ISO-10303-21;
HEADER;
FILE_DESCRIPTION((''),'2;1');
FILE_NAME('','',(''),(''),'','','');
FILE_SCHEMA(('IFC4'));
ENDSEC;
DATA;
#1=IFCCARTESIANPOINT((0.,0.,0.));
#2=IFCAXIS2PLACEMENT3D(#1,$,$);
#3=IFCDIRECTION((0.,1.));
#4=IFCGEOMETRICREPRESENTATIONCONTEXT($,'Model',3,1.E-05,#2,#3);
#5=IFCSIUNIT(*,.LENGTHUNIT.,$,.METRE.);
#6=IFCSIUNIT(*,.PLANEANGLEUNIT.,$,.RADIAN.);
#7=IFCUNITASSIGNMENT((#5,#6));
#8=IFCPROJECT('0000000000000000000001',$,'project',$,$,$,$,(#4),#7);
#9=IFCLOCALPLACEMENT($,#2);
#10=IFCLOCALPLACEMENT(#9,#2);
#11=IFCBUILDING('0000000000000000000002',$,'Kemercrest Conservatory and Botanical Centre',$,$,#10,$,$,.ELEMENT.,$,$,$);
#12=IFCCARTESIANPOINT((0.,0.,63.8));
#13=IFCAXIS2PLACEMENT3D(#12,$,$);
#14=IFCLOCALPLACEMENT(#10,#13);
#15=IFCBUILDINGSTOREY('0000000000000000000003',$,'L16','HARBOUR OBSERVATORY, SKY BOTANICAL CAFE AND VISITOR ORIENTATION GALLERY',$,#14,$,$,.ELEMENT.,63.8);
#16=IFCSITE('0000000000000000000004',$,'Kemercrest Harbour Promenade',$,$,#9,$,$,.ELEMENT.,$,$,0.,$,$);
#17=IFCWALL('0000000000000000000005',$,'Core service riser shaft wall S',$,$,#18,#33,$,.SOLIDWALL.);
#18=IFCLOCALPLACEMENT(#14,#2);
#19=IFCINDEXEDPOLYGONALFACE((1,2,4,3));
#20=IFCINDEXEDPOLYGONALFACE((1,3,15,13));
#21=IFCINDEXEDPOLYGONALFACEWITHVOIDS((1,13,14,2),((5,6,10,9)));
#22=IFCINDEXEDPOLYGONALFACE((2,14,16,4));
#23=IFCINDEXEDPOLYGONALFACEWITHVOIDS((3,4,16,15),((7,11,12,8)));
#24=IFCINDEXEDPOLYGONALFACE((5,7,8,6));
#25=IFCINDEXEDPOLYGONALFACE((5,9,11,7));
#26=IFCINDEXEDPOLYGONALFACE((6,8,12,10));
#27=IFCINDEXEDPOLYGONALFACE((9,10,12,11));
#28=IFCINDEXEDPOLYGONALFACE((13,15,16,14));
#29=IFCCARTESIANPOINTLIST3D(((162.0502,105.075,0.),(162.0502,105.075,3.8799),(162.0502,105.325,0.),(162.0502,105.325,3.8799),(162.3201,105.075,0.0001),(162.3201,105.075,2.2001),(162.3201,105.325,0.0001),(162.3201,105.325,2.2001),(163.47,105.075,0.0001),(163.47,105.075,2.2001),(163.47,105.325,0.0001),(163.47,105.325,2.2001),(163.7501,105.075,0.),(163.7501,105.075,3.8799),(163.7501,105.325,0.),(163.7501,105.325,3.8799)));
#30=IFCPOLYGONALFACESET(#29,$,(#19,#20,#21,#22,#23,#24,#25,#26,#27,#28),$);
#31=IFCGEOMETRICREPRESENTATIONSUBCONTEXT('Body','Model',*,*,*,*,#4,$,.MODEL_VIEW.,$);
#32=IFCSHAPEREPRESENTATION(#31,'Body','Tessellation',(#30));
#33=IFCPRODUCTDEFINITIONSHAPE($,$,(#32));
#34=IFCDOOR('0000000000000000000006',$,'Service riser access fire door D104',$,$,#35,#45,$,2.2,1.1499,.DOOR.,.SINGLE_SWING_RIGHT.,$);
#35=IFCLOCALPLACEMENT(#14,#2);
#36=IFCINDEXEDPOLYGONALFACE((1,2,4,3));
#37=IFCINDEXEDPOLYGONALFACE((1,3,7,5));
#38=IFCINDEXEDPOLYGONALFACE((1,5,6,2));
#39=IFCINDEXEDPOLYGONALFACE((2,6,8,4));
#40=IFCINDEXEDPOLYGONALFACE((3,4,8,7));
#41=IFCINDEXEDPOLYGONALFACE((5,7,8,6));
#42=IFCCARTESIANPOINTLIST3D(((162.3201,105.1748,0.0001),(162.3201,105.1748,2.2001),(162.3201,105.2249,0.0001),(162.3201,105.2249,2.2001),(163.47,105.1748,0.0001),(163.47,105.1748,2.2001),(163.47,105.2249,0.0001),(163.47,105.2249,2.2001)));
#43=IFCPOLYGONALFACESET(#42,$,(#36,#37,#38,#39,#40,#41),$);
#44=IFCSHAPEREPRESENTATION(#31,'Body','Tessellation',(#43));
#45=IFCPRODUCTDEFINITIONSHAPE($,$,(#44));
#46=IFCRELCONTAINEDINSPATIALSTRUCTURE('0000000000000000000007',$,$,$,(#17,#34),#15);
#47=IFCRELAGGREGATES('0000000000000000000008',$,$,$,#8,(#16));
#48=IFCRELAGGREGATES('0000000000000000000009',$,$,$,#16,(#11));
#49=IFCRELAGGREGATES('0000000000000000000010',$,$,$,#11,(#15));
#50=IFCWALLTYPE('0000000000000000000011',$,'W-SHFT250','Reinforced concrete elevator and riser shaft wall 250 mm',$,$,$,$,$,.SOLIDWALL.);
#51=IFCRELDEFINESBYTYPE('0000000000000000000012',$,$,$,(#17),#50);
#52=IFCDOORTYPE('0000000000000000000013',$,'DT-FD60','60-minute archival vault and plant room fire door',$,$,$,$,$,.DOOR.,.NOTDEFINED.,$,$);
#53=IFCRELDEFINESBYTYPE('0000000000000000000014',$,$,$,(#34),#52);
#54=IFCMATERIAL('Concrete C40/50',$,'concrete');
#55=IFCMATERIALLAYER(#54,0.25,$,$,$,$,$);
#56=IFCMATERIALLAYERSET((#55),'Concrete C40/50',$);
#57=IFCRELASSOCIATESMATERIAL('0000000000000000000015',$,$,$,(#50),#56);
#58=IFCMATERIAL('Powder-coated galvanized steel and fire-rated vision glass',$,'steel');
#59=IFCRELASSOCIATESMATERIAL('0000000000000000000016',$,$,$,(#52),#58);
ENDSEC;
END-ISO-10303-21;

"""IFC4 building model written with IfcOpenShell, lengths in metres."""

from ifc_helpers import new_model, si_unit, direction, frame, frame_2d, origin, place, context, subcontext, project, spatial, rectangle, extrude, material, layer, layer_set, type_object, element, fill, save


model = new_model("IFC4")

# Units and contexts
model_context = context("Model", 3, precision=1e-05, world=origin(), true_north=direction((0.0, 1.0)))
body_context = subcontext(model_context, "Body", "Model", "MODEL_VIEW")
ifc_project = project(units=[si_unit("LENGTHUNIT", "METRE"), si_unit("PLANEANGLEUNIT", "RADIAN")], contexts=[model_context])

# Site, building, storey
site_placement = place(None, origin())
site = spatial("IfcSite", under=ifc_project, at=site_placement, Name="Kemercrest Harbour Promenade", CompositionType="ELEMENT", RefElevation=0.0)
building_placement = place(site_placement, origin())
building = spatial("IfcBuilding", under=site, at=building_placement, Name="Kemercrest Conservatory and Botanical Centre", CompositionType="ELEMENT")
storey_placement = place(building_placement, frame((0.0, 0.0, 63.8)))
storey = spatial("IfcBuildingStorey", under=building, at=storey_placement, Name="L16", Description="HARBOUR OBSERVATORY, SKY BOTANICAL CAFE AND VISITOR ORIENTATION GALLERY", CompositionType="ELEMENT", Elevation=63.8)

# Shared definitions
ifc_material_1 = material(Name="Concrete C40/50", Category="concrete")

# Shared definitions
ifc_layer_1 = layer(ifc_material_1, 0.25)
ifc_layer_set_1 = layer_set([ifc_layer_1], Name="Concrete C40/50")
wall_type_1 = type_object("IfcWallType", Name="W-SHFT250", Description="Reinforced concrete elevator and riser shaft wall 250 mm", PredefinedType="SOLIDWALL", material=ifc_layer_set_1)

# Wall, opening, door
wall_1_placement = place(storey_placement, frame((162.05, 105.2, 0.0), z_axis=(0.0, 0.0, 1.0), x_axis=(1.0, 0.0, 0.0)))
wall_1 = element("IfcWall", 1, at=wall_1_placement, inside=storey, type_object=wall_type_1, Name="Core service riser shaft wall S", PredefinedType="SOLIDWALL", context=body_context, shape_type="SweptSolid", body=[
    extrude(rectangle(XDim=1.7, YDim=0.25, at=frame_2d((0.8501, 0.0))), origin(), (0.0, 0.0, 1.0), 3.8799),
])
opening_1_placement = place(wall_1_placement, frame((0.27, 0.0, 0.0)))
opening_1 = element("IfcOpeningElement", 2, at=opening_1_placement, cuts=wall_1, PredefinedType="OPENING", context=body_context, shape_type="SweptSolid", body=[
    extrude(rectangle(XDim=1.1499, YDim=2.2, at=frame_2d((0.575, 1.1001))), frame((0.0, 0.135, 0.0), z_axis=(0.0, -1.0, 0.0), x_axis=(1.0, 0.0, 0.0)), (0.0, 0.0, 1.0), 0.27),
])
ifc_material_2 = material(Name="Powder-coated galvanized steel and fire-rated vision glass", Category="steel")
door_type_1 = type_object("IfcDoorType", Name="DT-FD60", Description="60-minute archival vault and plant room fire door", OperationType="NOTDEFINED", PredefinedType="DOOR", material=ifc_material_2)
door_1_placement = place(opening_1_placement, origin())
door_1 = element("IfcDoor", 3, at=door_1_placement, inside=storey, type_object=door_type_1, Name="Service riser access fire door D104", OperationType="SINGLE_SWING_RIGHT", OverallHeight=2.2, OverallWidth=1.1499, PredefinedType="DOOR", context=body_context, shape_type="SweptSolid", body=[
    extrude(rectangle(XDim=1.1499, YDim=2.2, at=frame_2d((0.575, 1.1001))), frame((0.0, 0.0249, 0.0), z_axis=(0.0, -1.0, 0.0), x_axis=(1.0, 0.0, 0.0)), (0.0, 0.0, 1.0), 0.05),
])
fill(opening_1, door_1)

save(model, "model.ifc")
